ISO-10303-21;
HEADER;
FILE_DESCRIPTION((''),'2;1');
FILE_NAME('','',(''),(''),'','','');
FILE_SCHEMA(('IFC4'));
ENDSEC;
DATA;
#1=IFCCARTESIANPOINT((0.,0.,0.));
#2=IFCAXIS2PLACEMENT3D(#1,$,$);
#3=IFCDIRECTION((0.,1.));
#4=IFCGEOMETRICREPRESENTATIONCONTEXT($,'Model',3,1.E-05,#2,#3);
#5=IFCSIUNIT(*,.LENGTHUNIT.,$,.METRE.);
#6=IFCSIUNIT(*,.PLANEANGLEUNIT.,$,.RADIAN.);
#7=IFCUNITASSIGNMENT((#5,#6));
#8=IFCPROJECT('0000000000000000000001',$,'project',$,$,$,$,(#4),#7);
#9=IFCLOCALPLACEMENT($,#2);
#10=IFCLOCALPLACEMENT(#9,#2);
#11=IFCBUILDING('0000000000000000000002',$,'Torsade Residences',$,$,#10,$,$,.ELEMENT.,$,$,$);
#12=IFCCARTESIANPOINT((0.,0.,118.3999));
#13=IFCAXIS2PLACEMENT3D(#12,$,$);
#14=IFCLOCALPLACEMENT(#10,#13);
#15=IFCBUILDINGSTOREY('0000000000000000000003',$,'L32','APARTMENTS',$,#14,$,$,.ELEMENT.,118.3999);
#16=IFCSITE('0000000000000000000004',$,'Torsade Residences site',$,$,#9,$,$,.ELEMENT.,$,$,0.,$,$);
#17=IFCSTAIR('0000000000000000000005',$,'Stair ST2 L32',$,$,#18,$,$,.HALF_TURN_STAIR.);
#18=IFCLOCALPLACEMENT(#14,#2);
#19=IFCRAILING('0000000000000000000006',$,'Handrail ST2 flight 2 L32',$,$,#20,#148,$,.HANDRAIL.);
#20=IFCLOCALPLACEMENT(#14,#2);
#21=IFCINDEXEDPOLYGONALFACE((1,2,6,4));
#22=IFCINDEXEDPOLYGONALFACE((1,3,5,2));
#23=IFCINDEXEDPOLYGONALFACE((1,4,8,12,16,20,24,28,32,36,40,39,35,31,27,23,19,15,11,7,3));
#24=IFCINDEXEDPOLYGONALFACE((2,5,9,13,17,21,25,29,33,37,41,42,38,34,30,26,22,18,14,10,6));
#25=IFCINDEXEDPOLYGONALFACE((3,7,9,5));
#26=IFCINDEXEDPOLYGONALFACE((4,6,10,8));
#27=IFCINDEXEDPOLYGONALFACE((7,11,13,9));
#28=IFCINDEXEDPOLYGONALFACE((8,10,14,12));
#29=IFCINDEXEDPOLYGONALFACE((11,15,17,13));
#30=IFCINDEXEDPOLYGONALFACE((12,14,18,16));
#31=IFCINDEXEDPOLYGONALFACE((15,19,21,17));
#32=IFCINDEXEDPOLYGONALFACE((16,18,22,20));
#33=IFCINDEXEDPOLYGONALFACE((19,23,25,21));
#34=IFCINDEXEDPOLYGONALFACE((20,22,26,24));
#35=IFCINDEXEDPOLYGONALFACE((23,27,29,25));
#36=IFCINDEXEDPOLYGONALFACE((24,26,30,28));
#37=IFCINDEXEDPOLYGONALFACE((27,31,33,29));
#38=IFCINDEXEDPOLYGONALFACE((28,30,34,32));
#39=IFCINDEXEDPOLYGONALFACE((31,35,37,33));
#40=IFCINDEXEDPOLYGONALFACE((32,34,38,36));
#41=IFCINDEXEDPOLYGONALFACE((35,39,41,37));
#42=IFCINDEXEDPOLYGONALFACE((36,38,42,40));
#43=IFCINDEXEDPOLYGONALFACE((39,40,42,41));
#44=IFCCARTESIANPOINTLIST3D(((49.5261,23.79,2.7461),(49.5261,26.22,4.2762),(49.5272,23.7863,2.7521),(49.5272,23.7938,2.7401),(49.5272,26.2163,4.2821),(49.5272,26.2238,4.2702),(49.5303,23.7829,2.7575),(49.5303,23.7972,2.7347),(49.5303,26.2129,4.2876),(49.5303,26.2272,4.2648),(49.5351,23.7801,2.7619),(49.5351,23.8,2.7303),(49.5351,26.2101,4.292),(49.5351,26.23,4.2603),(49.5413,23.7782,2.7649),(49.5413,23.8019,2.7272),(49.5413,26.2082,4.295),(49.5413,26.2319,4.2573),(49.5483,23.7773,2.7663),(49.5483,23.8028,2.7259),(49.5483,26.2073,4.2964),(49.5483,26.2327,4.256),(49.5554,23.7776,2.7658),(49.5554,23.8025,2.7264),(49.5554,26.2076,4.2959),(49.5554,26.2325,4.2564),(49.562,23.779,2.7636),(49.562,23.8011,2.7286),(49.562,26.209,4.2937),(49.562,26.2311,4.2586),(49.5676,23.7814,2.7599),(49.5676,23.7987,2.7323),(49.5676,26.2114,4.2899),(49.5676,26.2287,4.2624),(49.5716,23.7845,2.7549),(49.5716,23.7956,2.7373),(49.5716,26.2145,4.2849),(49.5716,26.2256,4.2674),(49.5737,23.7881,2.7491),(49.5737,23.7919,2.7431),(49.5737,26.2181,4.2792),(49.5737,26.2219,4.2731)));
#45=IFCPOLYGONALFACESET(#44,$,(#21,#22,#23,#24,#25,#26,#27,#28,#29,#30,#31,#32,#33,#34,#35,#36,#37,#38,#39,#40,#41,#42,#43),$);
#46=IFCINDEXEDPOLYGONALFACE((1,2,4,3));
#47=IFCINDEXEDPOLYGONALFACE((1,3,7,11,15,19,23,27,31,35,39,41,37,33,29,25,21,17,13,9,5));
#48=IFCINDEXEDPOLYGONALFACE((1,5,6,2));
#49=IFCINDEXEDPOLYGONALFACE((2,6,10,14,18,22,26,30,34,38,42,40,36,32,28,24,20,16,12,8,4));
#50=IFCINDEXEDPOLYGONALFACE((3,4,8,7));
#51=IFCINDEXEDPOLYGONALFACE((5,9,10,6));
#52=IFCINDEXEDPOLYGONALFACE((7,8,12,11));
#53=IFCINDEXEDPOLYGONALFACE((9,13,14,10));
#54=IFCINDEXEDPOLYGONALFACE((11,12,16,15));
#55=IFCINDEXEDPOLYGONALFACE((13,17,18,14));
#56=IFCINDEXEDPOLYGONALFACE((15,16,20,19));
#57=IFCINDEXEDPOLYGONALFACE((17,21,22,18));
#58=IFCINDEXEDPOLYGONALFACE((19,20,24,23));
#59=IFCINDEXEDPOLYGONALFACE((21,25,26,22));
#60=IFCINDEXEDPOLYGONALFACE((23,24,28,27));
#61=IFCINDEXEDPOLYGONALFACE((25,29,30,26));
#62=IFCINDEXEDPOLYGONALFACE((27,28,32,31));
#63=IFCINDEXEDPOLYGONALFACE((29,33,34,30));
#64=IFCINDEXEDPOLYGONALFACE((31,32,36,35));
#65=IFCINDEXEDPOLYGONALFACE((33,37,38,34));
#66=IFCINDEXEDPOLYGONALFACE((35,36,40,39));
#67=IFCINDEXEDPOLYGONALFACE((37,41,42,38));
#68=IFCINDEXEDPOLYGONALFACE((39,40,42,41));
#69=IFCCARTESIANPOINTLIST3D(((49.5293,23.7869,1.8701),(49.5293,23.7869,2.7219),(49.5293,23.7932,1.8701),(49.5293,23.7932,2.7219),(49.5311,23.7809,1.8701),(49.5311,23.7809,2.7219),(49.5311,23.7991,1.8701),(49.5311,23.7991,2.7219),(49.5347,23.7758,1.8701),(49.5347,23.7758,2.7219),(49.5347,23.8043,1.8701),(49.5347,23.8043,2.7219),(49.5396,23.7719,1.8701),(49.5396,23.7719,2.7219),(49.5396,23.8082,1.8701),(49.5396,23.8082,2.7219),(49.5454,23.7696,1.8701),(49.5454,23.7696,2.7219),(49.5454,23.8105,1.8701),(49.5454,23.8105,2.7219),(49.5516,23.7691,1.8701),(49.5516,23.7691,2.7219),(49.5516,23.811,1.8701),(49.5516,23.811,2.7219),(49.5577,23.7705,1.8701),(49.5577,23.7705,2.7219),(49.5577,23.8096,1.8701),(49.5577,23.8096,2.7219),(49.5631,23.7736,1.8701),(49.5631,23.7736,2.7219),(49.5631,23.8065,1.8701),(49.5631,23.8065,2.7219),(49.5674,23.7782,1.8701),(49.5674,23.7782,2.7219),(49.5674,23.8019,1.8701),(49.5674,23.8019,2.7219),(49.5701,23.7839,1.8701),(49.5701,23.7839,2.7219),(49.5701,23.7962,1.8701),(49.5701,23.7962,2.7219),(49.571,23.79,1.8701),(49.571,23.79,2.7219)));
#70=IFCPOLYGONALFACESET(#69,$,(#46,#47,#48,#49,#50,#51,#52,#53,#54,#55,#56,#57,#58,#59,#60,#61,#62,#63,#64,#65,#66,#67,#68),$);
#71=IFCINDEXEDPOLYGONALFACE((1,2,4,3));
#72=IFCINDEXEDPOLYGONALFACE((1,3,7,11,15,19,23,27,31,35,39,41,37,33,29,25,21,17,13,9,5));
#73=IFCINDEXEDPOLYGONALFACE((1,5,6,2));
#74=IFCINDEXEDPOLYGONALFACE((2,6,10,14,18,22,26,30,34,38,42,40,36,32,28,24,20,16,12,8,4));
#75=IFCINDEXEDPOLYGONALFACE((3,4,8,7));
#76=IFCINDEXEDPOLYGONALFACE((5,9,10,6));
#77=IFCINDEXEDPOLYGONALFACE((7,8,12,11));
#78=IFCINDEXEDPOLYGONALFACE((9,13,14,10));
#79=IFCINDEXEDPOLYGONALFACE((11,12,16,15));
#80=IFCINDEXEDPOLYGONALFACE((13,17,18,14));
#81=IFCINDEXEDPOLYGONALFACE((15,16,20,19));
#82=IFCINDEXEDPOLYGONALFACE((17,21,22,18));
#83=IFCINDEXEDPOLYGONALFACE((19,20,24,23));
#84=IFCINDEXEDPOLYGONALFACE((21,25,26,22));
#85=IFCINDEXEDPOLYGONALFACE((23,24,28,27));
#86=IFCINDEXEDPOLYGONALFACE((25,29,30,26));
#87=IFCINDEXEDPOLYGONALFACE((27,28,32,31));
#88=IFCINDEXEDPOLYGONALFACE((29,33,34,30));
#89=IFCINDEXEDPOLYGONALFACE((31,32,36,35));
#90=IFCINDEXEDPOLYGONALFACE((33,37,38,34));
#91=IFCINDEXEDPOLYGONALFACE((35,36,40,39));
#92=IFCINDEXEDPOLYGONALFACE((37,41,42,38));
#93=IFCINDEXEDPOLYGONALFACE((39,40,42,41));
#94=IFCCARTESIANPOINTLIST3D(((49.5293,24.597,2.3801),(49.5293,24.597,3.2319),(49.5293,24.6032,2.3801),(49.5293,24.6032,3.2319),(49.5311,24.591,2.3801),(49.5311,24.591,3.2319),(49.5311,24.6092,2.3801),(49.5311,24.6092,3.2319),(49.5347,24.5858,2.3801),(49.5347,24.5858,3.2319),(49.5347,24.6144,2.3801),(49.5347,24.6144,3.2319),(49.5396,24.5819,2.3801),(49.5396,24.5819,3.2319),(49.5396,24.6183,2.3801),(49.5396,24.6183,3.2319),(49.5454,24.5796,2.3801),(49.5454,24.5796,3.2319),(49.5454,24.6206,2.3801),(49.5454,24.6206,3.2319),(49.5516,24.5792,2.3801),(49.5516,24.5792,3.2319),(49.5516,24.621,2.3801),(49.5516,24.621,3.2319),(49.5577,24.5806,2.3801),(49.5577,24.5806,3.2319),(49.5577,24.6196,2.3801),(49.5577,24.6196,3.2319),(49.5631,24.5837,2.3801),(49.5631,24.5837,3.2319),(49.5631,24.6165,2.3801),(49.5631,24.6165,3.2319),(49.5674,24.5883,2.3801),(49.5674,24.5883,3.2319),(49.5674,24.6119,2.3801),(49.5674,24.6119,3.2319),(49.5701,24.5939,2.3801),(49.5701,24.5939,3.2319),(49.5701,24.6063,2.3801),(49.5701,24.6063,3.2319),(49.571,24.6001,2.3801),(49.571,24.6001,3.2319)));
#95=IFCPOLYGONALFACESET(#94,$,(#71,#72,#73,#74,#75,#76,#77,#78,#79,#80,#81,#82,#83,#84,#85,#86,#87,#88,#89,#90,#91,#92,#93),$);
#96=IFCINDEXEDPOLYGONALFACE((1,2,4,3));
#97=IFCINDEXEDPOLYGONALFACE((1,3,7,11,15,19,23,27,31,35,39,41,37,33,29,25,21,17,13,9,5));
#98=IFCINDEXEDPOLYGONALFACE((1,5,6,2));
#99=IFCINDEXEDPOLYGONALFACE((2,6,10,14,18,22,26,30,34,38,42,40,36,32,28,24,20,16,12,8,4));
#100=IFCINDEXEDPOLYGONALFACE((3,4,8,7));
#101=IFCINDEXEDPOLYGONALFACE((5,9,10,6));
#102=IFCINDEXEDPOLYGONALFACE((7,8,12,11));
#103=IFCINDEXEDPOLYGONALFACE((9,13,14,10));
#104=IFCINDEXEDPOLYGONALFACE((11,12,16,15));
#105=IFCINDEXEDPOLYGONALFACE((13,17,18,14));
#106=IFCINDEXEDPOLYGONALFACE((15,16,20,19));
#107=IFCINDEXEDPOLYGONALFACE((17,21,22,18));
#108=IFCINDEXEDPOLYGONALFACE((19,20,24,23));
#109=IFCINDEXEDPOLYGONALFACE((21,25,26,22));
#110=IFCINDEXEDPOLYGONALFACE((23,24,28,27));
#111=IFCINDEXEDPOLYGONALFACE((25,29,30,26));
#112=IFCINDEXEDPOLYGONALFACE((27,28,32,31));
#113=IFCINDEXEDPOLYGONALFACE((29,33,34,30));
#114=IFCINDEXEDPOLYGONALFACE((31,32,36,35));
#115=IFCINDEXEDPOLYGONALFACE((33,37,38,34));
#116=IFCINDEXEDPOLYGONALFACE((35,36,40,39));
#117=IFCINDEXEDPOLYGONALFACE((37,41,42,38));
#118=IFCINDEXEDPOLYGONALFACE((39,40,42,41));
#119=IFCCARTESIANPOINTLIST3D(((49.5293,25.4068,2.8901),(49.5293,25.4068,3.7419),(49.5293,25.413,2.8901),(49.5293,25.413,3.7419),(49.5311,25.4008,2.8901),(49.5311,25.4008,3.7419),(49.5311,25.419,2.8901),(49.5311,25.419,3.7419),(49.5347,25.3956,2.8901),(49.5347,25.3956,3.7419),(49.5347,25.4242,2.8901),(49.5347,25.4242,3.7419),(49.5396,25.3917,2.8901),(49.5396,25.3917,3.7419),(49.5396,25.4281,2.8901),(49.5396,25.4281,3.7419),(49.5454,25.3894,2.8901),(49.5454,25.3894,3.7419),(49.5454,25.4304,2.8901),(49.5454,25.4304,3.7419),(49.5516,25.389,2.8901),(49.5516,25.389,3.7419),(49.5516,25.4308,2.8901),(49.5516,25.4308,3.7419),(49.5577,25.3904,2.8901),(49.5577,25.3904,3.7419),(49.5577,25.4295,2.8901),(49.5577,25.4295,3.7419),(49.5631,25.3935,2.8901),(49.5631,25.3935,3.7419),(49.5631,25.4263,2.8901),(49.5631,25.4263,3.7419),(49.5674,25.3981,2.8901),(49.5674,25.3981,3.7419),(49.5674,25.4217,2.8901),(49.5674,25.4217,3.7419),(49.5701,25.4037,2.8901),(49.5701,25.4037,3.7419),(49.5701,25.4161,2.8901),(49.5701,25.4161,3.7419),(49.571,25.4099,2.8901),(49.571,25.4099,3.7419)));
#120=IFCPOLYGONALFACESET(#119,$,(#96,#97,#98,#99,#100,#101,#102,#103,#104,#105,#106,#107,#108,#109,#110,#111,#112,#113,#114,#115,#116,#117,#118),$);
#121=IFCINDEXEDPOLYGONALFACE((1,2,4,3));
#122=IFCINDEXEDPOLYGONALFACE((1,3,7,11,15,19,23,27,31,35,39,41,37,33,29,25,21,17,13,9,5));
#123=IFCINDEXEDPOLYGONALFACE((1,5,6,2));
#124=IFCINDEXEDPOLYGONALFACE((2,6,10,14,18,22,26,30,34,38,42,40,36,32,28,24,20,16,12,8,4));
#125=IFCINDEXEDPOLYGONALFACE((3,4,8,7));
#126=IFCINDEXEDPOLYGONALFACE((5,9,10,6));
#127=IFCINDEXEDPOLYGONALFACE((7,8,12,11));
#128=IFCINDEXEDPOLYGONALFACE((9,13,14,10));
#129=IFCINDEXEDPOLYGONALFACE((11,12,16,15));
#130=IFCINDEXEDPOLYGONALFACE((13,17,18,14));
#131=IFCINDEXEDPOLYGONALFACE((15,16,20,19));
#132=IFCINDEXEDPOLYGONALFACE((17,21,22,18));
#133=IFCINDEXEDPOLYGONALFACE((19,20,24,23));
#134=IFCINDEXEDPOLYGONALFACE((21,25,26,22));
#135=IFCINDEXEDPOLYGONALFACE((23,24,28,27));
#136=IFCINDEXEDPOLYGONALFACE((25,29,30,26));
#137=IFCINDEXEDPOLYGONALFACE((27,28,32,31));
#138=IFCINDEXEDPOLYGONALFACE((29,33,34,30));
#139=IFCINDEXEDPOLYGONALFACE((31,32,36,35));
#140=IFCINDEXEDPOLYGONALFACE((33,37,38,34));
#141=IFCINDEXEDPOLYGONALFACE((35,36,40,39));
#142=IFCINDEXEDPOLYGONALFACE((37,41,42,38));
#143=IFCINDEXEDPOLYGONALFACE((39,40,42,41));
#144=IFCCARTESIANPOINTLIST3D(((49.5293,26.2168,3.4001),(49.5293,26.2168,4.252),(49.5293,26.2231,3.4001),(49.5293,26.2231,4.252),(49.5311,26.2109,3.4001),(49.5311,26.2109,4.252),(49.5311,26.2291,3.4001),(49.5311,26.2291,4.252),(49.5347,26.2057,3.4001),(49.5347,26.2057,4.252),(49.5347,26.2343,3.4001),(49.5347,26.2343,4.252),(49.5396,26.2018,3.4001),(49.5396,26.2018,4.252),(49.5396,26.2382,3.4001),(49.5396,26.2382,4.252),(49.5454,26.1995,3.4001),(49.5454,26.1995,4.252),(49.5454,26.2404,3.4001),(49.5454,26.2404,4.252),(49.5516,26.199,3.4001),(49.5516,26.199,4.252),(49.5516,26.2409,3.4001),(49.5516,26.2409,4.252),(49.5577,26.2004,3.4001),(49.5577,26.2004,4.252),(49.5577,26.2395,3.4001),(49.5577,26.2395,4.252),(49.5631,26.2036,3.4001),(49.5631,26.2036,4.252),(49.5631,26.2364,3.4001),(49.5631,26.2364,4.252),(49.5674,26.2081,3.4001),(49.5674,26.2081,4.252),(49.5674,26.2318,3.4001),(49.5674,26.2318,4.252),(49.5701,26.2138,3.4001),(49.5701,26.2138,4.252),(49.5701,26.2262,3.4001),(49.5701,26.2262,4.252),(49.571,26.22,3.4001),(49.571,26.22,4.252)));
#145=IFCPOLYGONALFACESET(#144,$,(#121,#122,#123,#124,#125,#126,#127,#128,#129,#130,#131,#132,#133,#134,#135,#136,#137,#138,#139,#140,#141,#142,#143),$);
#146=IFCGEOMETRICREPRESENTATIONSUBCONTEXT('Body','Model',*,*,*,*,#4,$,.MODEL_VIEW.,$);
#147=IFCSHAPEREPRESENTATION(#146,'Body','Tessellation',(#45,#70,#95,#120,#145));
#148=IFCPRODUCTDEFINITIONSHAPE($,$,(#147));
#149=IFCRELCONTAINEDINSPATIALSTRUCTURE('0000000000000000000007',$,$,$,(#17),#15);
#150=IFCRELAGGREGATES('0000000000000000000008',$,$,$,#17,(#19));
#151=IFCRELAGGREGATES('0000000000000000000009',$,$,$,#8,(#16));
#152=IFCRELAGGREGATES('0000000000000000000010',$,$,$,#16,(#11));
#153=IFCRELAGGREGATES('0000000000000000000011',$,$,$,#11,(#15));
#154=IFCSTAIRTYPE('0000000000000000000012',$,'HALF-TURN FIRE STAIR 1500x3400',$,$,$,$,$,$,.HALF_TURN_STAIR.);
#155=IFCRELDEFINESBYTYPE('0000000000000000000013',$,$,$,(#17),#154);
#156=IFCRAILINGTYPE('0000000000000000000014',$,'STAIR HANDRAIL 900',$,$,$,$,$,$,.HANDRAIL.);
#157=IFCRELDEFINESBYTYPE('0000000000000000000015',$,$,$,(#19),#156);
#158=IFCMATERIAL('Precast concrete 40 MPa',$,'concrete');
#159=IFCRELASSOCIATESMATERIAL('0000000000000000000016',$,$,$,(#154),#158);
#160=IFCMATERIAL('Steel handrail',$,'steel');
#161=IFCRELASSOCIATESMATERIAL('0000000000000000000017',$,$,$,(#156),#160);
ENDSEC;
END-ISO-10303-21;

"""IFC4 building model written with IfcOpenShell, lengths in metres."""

from ifc_helpers import new_model, si_unit, direction, frame, origin, origin_2d, place, context, subcontext, project, spatial, circle, extrude, material, type_object, element, aggregate, save


model = new_model("IFC4")

# Units and contexts
model_context = context("Model", 3, precision=1e-05, world=origin(), true_north=direction((0.0, 1.0)))
body_context = subcontext(model_context, "Body", "Model", "MODEL_VIEW")
ifc_project = project(units=[si_unit("LENGTHUNIT", "METRE"), si_unit("PLANEANGLEUNIT", "RADIAN")], contexts=[model_context])

# Site, building, storey
site_placement = place(None, origin())
site = spatial("IfcSite", under=ifc_project, at=site_placement, Name="Torsade Residences site", CompositionType="ELEMENT", RefElevation=0.0)
building_placement = place(site_placement, origin())
building = spatial("IfcBuilding", under=site, at=building_placement, Name="Torsade Residences", CompositionType="ELEMENT")
storey_placement = place(building_placement, frame((0.0, 0.0, 118.3999)))
storey = spatial("IfcBuildingStorey", under=building, at=storey_placement, Name="L32", Description="APARTMENTS", CompositionType="ELEMENT", Elevation=118.3999)

# Stair, railing
ifc_material_1 = material(Name="Precast concrete 40 MPa", Category="concrete")
stair_type = type_object("IfcStairType", Name="HALF-TURN FIRE STAIR 1500x3400", PredefinedType="HALF_TURN_STAIR", material=ifc_material_1)
stair_placement = place(storey_placement, origin())
stair = element("IfcStair", 1, at=stair_placement, inside=storey, type_object=stair_type, Name="Stair ST2 L32", PredefinedType="HALF_TURN_STAIR")
ifc_material_2 = material(Name="Steel handrail", Category="steel")
railing_type = type_object("IfcRailingType", Name="STAIR HANDRAIL 900", PredefinedType="HANDRAIL", material=ifc_material_2)
railing_1_placement = place(storey_placement, frame((49.55, 23.79, 1.8701)))
railing_1 = element("IfcRailing", 2, at=railing_1_placement, type_object=railing_type, Name="Handrail ST2 flight 2 L32", PredefinedType="HANDRAIL", context=body_context, shape_type="SweptSolid", body=[
    extrude(circle(Radius=0.0239, at=origin_2d()), frame((0.0, 0.0, 0.876), z_axis=(0.0, 0.846221, 0.532831), x_axis=(-1.0, 0.0, 0.0)), (0.0, 0.0, 1.0), 2.8716),
    extrude(circle(Radius=0.021, at=origin_2d()), origin(), (0.0, 0.0, 1.0), 0.8518),
    extrude(circle(Radius=0.021, at=origin_2d()), frame((0.0, 0.8101, 0.51)), (0.0, 0.0, 1.0), 0.8518),
    extrude(circle(Radius=0.021, at=origin_2d()), frame((0.0, 1.6199, 1.02)), (0.0, 0.0, 1.0), 0.8518),
    extrude(circle(Radius=0.021, at=origin_2d()), frame((0.0, 2.4299, 1.53)), (0.0, 0.0, 1.0), 0.8518),
])
aggregate(stair, [railing_1])

save(model, "model.ifc")
